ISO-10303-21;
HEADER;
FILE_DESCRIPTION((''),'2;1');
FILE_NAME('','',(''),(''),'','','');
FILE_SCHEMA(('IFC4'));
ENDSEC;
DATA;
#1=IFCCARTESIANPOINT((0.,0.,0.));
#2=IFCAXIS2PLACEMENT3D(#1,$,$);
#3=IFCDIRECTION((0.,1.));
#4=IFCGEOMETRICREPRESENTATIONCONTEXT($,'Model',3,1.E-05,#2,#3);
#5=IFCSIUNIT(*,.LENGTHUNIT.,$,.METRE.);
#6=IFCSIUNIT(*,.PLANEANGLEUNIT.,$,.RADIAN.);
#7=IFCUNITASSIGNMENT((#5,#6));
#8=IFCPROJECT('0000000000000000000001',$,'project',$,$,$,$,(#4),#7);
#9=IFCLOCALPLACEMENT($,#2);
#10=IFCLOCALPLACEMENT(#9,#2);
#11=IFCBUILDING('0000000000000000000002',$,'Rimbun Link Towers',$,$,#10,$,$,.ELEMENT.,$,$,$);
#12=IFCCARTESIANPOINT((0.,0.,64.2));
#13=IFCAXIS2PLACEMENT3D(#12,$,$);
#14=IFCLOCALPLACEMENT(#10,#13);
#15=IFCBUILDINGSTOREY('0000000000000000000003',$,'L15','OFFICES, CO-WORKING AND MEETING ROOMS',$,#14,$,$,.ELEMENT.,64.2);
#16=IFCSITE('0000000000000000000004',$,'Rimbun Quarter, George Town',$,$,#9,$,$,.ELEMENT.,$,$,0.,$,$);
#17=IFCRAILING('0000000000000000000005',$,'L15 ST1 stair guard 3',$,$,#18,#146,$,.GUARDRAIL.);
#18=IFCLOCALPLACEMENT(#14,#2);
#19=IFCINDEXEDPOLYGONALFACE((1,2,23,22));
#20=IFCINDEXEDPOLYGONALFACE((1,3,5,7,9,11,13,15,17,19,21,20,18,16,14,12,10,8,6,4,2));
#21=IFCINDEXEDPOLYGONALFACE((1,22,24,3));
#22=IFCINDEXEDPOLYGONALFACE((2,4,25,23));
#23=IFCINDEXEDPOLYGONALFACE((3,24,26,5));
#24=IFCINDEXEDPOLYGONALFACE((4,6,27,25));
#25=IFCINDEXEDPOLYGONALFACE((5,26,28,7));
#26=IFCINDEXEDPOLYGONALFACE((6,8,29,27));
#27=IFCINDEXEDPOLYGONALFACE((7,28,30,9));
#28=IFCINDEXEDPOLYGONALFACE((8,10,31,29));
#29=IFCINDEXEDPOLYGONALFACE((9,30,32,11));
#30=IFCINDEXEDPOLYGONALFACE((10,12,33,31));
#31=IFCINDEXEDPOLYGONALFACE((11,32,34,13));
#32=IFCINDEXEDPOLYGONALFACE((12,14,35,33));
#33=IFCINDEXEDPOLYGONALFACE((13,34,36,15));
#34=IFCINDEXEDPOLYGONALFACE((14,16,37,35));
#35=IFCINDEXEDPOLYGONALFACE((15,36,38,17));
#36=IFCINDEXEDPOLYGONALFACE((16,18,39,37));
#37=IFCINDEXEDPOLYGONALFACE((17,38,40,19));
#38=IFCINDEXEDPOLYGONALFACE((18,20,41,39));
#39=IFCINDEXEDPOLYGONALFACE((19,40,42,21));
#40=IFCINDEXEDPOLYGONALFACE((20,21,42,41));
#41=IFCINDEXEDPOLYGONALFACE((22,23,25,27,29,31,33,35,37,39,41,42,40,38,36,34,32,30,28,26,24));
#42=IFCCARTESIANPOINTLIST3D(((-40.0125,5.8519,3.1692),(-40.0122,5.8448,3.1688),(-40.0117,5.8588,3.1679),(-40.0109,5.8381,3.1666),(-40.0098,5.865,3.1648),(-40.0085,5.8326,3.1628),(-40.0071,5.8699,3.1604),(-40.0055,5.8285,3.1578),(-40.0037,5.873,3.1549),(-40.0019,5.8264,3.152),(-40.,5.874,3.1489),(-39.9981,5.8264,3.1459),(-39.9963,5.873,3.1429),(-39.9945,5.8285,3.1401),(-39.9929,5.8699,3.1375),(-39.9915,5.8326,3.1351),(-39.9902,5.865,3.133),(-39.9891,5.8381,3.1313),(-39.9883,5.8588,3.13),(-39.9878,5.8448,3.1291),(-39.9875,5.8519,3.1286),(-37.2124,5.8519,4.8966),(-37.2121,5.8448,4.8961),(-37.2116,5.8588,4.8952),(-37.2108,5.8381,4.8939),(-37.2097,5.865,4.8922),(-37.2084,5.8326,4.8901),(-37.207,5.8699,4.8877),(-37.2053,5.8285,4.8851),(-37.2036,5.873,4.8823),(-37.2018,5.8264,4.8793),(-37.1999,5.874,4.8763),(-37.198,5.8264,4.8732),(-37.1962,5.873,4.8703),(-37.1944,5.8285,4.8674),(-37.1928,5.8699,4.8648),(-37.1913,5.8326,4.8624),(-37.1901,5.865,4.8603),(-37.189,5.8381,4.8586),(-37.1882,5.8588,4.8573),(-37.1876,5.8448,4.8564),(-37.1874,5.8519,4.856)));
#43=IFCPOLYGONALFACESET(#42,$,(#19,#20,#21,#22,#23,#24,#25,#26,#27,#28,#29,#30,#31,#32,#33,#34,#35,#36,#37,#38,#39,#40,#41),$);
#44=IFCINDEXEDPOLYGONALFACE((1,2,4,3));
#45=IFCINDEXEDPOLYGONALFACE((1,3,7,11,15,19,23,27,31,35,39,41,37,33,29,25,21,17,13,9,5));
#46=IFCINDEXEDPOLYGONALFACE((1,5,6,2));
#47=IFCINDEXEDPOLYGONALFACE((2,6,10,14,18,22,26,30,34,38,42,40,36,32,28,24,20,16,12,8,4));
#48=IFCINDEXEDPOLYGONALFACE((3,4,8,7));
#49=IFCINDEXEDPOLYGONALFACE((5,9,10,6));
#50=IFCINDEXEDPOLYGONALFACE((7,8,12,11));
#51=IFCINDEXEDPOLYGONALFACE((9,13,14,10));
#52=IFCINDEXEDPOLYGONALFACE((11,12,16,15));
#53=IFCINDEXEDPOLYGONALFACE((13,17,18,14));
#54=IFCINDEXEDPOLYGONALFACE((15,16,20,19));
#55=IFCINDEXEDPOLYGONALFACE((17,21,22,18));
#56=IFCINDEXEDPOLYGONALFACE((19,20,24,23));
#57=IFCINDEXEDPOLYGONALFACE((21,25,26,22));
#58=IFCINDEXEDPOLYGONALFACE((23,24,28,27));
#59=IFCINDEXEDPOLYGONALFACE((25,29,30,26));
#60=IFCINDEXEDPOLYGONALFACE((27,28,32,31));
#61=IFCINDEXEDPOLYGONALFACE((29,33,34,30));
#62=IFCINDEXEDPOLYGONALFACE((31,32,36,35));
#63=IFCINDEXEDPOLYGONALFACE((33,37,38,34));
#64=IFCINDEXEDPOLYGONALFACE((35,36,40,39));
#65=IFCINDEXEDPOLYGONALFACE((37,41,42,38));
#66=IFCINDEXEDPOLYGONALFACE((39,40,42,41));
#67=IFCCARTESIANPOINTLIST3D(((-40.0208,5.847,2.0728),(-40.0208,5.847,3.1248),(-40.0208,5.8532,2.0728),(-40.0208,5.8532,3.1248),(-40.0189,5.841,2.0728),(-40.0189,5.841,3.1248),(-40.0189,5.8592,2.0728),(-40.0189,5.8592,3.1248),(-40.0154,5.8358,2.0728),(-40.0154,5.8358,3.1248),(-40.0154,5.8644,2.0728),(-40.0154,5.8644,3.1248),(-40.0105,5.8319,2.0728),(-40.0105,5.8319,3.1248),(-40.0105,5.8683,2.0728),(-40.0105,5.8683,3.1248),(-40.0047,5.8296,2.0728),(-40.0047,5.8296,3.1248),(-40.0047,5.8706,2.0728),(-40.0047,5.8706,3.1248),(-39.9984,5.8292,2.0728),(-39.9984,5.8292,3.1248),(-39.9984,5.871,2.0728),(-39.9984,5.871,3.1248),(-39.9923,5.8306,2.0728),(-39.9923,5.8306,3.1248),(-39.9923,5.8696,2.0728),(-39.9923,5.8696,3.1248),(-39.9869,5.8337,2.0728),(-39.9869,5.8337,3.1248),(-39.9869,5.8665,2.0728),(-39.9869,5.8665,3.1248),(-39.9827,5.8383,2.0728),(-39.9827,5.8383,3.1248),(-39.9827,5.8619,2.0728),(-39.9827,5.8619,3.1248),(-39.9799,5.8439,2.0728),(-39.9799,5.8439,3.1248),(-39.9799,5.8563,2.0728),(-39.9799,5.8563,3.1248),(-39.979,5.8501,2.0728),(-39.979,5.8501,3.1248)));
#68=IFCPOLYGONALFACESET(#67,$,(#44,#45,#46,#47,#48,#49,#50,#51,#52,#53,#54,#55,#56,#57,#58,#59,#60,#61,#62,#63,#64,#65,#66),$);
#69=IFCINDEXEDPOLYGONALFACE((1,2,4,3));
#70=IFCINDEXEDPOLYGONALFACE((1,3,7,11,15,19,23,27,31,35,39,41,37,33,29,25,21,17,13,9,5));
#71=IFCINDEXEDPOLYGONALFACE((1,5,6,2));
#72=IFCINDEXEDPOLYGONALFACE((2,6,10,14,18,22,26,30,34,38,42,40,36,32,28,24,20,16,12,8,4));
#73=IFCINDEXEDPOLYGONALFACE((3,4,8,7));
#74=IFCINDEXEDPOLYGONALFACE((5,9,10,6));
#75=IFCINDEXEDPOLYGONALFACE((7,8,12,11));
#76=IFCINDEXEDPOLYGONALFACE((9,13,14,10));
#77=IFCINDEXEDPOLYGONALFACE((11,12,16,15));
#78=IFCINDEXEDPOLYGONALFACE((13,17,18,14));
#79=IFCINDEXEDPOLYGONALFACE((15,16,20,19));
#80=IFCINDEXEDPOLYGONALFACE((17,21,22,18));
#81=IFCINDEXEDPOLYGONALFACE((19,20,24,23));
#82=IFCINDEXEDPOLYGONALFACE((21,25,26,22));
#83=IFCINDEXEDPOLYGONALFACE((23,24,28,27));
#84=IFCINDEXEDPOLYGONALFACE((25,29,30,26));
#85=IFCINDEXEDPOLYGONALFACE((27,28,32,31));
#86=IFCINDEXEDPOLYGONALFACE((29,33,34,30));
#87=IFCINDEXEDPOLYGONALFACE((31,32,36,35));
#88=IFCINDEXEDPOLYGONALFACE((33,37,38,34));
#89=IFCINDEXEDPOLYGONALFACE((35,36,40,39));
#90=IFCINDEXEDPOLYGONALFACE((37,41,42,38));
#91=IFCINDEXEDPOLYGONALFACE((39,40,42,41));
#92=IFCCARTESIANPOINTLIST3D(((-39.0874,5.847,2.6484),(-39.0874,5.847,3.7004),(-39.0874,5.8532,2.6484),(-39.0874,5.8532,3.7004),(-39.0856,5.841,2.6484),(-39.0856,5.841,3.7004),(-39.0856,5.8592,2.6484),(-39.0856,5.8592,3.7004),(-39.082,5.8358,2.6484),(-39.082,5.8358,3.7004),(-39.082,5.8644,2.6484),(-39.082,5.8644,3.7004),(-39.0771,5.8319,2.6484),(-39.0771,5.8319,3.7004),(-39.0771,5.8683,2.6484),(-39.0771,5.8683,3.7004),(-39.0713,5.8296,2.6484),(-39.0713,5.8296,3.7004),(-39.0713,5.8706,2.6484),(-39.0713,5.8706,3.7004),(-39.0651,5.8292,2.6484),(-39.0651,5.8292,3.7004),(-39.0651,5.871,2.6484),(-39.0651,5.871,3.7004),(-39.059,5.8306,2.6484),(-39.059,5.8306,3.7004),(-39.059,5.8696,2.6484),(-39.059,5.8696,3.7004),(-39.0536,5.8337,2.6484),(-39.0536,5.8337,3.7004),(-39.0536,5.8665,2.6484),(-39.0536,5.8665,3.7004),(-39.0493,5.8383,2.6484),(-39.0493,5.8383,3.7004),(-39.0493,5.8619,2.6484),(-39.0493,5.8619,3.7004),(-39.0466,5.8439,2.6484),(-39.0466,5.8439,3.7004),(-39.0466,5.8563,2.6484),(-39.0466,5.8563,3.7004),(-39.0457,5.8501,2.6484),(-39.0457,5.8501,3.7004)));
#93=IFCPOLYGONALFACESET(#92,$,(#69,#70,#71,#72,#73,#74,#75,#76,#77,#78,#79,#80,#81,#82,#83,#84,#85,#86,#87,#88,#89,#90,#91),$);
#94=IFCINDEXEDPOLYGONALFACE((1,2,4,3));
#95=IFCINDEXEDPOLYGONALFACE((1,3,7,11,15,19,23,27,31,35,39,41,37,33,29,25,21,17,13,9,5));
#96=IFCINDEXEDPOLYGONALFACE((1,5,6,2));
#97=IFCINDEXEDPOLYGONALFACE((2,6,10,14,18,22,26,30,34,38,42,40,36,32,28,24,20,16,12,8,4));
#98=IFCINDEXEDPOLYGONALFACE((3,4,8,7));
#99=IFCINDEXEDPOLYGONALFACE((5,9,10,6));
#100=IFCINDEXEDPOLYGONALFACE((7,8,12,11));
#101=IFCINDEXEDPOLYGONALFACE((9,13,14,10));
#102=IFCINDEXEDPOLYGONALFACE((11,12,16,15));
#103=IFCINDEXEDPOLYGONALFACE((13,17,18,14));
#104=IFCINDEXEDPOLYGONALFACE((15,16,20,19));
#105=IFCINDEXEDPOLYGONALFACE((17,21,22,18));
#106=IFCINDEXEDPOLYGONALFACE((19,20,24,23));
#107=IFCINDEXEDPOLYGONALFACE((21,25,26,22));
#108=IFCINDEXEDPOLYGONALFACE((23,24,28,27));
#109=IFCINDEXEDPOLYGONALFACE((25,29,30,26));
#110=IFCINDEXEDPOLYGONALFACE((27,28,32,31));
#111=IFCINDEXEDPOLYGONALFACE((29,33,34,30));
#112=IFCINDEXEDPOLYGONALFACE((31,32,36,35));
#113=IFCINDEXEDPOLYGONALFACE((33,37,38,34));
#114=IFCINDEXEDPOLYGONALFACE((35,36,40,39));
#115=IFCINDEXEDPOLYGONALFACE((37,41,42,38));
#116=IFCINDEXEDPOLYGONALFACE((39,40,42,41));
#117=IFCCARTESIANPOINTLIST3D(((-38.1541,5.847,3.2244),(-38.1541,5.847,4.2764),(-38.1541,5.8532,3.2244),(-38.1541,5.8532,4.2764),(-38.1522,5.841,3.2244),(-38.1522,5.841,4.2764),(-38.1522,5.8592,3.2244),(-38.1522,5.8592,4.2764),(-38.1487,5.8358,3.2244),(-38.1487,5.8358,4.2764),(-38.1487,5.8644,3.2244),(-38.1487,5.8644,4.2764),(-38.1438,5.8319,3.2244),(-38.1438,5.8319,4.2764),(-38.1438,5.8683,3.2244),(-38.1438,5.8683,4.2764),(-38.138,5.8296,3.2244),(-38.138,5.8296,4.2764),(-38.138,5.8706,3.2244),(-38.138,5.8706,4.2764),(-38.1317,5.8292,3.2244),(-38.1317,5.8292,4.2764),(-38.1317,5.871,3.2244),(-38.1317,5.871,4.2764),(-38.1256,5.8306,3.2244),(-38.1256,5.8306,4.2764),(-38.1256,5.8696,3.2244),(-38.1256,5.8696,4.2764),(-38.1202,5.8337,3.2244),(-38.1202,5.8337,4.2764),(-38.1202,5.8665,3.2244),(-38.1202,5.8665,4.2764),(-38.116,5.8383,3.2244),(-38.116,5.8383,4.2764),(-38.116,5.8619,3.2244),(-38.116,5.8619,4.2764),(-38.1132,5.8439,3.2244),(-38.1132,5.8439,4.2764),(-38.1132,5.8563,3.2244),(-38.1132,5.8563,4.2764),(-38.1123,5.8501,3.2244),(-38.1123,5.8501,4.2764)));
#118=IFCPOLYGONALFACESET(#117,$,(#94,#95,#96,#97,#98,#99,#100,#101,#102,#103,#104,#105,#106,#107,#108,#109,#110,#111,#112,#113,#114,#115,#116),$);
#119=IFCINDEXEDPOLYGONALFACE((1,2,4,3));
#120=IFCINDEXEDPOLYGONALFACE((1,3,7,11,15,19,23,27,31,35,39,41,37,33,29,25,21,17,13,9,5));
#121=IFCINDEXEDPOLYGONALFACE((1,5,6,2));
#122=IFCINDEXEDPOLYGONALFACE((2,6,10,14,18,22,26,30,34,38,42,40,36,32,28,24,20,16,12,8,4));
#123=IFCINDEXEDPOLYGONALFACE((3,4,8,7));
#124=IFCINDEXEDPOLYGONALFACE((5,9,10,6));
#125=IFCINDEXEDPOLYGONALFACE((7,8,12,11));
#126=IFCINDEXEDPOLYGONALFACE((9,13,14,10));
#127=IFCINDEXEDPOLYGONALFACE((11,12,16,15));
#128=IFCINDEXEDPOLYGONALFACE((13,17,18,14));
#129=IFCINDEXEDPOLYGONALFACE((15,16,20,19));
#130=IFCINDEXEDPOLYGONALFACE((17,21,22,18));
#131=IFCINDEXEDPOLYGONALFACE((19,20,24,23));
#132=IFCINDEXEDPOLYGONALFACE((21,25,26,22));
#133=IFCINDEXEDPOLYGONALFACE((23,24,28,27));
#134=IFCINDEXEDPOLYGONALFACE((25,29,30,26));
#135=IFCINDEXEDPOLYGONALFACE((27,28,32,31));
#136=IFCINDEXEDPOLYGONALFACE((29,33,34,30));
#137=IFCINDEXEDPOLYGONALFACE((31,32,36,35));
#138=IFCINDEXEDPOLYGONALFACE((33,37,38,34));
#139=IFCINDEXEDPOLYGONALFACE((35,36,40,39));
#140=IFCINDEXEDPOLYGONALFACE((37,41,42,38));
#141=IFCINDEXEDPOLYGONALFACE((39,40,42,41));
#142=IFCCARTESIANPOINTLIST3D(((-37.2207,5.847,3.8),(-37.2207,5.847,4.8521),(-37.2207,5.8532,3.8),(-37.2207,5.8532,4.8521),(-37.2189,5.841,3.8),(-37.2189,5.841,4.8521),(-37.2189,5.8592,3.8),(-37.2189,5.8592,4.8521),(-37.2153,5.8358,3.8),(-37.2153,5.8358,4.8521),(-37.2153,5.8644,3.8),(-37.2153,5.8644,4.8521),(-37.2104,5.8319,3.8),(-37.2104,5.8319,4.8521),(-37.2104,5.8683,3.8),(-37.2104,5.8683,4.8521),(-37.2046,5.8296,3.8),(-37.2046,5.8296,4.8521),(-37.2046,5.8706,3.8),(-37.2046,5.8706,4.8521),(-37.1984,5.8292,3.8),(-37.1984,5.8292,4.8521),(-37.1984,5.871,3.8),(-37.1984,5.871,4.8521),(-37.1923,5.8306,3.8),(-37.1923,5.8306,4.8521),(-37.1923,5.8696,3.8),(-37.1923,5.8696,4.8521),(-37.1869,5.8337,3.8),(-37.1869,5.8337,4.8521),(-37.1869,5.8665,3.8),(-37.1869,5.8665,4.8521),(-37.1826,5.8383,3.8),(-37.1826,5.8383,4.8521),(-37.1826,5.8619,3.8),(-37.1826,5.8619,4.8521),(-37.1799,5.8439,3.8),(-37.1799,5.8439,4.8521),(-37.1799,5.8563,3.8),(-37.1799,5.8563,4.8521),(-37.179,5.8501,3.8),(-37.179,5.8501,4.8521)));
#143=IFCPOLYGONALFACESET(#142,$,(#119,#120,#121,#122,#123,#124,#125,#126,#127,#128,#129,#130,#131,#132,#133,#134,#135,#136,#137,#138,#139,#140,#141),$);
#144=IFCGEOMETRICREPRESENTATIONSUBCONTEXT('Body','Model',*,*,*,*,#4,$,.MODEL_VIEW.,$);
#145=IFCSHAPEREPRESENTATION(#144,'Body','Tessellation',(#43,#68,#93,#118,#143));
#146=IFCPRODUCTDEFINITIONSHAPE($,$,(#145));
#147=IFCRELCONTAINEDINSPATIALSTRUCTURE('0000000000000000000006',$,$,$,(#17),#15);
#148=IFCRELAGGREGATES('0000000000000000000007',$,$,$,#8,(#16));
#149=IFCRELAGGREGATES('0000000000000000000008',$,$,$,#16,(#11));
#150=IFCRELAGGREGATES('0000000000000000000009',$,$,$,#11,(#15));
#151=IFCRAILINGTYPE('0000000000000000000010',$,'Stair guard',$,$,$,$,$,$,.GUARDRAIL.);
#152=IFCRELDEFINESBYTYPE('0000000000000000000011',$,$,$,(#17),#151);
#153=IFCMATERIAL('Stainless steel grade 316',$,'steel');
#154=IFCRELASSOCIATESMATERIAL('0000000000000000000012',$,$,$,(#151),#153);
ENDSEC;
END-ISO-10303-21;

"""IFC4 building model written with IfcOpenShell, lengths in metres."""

from ifc_helpers import new_model, si_unit, direction, frame, origin, origin_2d, place, context, subcontext, project, spatial, circle, extrude, material, type_object, element, save


model = new_model("IFC4")

# Units and contexts
model_context = context("Model", 3, precision=1e-05, world=origin(), true_north=direction((0.0, 1.0)))
body_context = subcontext(model_context, "Body", "Model", "MODEL_VIEW")
ifc_project = project(units=[si_unit("LENGTHUNIT", "METRE"), si_unit("PLANEANGLEUNIT", "RADIAN")], contexts=[model_context])

# Site, building, storey
site_placement = place(None, origin())
site = spatial("IfcSite", under=ifc_project, at=site_placement, Name="Rimbun Quarter, George Town", CompositionType="ELEMENT", RefElevation=0.0)
building_placement = place(site_placement, origin())
building = spatial("IfcBuilding", under=site, at=building_placement, Name="Rimbun Link Towers", CompositionType="ELEMENT")
storey_placement = place(building_placement, frame((0.0, 0.0, 64.2)))
storey = spatial("IfcBuildingStorey", under=building, at=storey_placement, Name="L15", Description="OFFICES, CO-WORKING AND MEETING ROOMS", CompositionType="ELEMENT", Elevation=64.2)

# Railing
ifc_material_1 = material(Name="Stainless steel grade 316", Category="steel")
railing_type_1 = type_object("IfcRailingType", Name="Stair guard", PredefinedType="GUARDRAIL", material=ifc_material_1)
railing_1_placement = place(storey_placement, frame((-40.0, 5.8501, 2.0728)))
element("IfcRailing", 1, at=railing_1_placement, inside=storey, type_object=railing_type_1, Name="L15 ST1 stair guard 3", PredefinedType="GUARDRAIL", context=body_context, shape_type="SweptSolid", body=[
    extrude(circle(Radius=0.0239, at=origin_2d()), frame((0.0, 0.0, 1.0762), z_axis=(0.85109, 0.0, 0.52502), x_axis=(0.0, 1.0, 0.0)), (0.0, 0.0, 1.0), 3.29),
    extrude(circle(Radius=0.021, at=origin_2d()), origin(), (0.0, 0.0, 1.0), 1.052),
    extrude(circle(Radius=0.021, at=origin_2d()), frame((0.9333, 0.0, 0.5757)), (0.0, 0.0, 1.0), 1.052),
    extrude(circle(Radius=0.021, at=origin_2d()), frame((1.8667, 0.0, 1.1516)), (0.0, 0.0, 1.0), 1.052),
    extrude(circle(Radius=0.021, at=origin_2d()), frame((2.8, 0.0, 1.7273)), (0.0, 0.0, 1.0), 1.052),
])

save(model, "model.ifc")
